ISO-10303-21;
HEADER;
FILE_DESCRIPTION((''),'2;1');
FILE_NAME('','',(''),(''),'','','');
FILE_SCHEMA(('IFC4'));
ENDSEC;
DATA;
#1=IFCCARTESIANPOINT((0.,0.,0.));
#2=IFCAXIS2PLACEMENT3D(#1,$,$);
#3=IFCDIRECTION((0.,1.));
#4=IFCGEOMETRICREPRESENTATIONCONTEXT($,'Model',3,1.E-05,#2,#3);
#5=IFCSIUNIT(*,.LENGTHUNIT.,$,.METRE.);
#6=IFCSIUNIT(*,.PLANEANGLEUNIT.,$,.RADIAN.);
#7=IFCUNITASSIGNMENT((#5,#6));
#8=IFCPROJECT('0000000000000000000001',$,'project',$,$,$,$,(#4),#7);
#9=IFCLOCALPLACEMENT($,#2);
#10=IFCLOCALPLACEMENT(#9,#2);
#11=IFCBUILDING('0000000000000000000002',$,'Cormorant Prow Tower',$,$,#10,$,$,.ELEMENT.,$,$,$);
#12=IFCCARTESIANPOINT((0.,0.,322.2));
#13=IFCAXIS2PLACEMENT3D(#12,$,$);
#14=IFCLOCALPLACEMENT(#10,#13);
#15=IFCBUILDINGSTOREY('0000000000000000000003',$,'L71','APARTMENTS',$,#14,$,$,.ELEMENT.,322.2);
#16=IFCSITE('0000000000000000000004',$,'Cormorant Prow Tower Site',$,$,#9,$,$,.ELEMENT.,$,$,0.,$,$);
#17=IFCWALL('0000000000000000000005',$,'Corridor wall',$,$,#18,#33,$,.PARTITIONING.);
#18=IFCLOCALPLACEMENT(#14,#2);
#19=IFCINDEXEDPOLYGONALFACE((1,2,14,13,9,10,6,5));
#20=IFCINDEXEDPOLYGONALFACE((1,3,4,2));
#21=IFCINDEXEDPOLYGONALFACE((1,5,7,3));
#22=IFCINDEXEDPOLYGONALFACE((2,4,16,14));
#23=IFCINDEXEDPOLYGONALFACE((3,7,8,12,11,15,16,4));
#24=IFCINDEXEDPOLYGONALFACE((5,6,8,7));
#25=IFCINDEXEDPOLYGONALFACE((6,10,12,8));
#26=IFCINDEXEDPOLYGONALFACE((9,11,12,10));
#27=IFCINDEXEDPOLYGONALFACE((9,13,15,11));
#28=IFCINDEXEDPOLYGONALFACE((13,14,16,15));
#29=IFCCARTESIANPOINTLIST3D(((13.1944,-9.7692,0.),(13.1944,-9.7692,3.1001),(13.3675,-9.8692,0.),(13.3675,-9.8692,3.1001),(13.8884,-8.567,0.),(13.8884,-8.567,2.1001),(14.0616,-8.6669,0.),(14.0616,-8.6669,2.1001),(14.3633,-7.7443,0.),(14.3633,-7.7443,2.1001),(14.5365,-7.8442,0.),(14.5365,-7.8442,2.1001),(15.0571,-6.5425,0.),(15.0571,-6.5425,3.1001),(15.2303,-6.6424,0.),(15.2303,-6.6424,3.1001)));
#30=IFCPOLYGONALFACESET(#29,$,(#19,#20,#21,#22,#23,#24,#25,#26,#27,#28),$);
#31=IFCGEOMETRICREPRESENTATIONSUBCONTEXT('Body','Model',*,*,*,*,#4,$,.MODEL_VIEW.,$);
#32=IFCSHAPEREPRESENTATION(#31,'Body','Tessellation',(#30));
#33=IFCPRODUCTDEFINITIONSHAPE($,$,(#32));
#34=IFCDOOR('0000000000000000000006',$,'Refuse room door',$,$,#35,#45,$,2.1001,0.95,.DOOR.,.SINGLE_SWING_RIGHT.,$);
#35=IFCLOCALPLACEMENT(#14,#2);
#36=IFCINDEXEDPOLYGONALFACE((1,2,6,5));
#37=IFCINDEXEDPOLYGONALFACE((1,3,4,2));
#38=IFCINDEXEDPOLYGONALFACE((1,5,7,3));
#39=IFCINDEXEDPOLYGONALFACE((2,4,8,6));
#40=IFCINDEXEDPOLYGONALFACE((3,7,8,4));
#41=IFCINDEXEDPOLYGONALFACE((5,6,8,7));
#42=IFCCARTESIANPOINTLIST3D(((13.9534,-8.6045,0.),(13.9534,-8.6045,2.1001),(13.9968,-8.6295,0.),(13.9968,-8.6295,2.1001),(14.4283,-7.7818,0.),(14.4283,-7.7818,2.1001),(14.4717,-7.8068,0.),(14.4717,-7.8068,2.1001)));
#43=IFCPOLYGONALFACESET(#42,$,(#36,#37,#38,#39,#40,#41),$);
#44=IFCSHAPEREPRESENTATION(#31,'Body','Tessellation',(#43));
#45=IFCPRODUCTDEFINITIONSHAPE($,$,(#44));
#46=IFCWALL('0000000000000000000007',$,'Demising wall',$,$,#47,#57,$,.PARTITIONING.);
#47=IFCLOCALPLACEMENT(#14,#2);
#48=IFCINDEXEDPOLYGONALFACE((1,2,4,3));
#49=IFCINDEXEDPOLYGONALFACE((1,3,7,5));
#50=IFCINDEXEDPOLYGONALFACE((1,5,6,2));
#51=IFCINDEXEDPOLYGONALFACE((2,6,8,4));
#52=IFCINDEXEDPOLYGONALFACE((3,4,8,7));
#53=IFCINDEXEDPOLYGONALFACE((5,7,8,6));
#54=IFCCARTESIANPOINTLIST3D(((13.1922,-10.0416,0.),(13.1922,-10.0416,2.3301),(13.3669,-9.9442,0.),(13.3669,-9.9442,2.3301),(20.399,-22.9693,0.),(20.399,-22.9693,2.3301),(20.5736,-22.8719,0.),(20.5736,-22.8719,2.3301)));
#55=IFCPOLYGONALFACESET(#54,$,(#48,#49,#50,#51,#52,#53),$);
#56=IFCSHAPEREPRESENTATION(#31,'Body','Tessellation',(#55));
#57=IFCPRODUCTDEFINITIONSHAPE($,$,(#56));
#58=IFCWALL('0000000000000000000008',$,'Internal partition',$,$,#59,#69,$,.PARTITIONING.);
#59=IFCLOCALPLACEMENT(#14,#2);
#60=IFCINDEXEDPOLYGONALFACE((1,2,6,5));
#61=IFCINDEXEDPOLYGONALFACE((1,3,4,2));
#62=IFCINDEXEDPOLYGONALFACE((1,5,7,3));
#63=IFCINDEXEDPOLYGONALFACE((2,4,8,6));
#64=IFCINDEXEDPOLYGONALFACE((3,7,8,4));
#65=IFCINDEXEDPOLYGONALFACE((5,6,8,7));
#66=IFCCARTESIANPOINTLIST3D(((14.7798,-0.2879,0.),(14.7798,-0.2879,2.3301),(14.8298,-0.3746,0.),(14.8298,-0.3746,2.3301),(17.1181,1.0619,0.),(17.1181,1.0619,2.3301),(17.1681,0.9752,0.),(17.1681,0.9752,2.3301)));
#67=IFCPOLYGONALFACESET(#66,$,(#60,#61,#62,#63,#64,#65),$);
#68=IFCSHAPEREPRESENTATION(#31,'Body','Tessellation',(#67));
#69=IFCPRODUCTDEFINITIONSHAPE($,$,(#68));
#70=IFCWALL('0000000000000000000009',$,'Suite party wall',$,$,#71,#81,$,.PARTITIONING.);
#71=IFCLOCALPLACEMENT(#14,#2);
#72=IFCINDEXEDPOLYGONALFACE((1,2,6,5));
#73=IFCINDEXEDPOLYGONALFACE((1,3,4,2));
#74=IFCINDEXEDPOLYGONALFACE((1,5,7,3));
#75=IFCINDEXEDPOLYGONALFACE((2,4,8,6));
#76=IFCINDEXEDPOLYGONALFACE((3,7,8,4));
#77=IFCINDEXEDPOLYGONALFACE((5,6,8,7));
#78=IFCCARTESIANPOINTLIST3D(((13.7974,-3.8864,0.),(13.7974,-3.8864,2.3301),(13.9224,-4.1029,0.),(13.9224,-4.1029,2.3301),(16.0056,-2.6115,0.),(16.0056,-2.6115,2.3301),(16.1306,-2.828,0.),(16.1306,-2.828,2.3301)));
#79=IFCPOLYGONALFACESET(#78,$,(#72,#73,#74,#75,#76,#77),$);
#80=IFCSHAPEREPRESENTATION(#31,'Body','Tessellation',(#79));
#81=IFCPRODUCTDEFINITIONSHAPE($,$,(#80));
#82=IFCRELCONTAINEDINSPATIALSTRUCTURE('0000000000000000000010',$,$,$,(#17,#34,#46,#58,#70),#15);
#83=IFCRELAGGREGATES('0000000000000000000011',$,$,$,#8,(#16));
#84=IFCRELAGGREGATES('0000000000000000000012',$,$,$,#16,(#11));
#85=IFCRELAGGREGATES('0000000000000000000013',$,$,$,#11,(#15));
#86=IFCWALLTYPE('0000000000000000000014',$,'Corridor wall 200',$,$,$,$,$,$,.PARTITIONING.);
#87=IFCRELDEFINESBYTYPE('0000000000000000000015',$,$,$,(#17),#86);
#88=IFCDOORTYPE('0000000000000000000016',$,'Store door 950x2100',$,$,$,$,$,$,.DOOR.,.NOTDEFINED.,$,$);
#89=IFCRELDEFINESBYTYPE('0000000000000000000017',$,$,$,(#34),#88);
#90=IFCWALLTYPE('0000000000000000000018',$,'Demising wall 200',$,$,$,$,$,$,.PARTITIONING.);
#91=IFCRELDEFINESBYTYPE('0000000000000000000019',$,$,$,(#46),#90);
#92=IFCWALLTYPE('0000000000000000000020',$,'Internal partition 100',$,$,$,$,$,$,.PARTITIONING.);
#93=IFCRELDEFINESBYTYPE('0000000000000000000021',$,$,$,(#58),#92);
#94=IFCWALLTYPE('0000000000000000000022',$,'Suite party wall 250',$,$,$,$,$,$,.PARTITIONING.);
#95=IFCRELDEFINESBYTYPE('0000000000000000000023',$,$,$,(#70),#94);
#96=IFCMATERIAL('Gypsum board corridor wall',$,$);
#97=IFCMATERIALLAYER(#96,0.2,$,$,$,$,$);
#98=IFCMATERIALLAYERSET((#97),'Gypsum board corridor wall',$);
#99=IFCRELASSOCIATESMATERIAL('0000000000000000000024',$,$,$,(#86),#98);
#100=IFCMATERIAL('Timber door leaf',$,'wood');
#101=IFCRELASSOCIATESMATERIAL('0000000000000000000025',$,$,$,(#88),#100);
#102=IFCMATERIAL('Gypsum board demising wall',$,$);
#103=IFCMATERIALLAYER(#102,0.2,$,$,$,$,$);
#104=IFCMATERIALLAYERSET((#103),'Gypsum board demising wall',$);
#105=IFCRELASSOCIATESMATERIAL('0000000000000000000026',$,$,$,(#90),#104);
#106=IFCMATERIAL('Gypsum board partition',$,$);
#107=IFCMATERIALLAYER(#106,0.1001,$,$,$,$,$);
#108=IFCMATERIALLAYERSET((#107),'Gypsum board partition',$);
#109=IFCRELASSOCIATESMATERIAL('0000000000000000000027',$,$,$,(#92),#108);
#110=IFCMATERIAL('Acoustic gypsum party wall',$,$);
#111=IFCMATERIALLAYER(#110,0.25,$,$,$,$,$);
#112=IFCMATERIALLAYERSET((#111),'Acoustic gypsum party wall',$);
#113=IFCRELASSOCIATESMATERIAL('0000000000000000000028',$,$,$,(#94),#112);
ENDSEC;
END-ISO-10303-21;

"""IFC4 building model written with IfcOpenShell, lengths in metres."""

from ifc_helpers import new_model, si_unit, direction, frame, frame_2d, origin, place, context, subcontext, project, spatial, rectangle, extrude, material, layer, layer_set, type_object, element, fill, save


model = new_model("IFC4")

# Units and contexts
model_context = context("Model", 3, precision=1e-05, world=origin(), true_north=direction((0.0, 1.0)))
body_context = subcontext(model_context, "Body", "Model", "MODEL_VIEW")
ifc_project = project(units=[si_unit("LENGTHUNIT", "METRE"), si_unit("PLANEANGLEUNIT", "RADIAN")], contexts=[model_context])

# Site, building, storey
site_placement = place(None, origin())
site = spatial("IfcSite", under=ifc_project, at=site_placement, Name="Cormorant Prow Tower Site", CompositionType="ELEMENT", RefElevation=0.0)
building_placement = place(site_placement, origin())
building = spatial("IfcBuilding", under=site, at=building_placement, Name="Cormorant Prow Tower", CompositionType="ELEMENT")
storey_placement = place(building_placement, frame((0.0, 0.0, 322.2)))
storey = spatial("IfcBuildingStorey", under=building, at=storey_placement, Name="L71", Description="APARTMENTS", CompositionType="ELEMENT", Elevation=322.2)

# Shared definitions
ifc_material_1 = material(Name="Gypsum board corridor wall")
ifc_layer_1 = layer(ifc_material_1, 0.2)
ifc_layer_set_1 = layer_set([ifc_layer_1], Name="Gypsum board corridor wall")
wall_type_1 = type_object("IfcWallType", Name="Corridor wall 200", PredefinedType="PARTITIONING", material=ifc_layer_set_1)

# Wall, opening, door
wall_1_placement = place(storey_placement, frame((13.281, -9.8191, 0.0), z_axis=(0.0, 0.0, 1.0), x_axis=(0.499959, 0.866049, 0.0)))
wall_1 = element("IfcWall", 1, at=wall_1_placement, inside=storey, type_object=wall_type_1, Name="Corridor wall", PredefinedType="PARTITIONING", context=body_context, shape_type="SweptSolid", body=[
    extrude(rectangle(XDim=3.7258, YDim=0.2, at=frame_2d((1.8628, 0.0))), origin(), (0.0, 0.0, 1.0), 3.1001),
])
opening_1_placement = place(wall_1_placement, frame((1.3879, 0.0, 0.0)))
opening_1 = element("IfcOpeningElement", 2, at=opening_1_placement, cuts=wall_1, PredefinedType="OPENING", context=body_context, shape_type="SweptSolid", body=[
    extrude(rectangle(XDim=0.95, YDim=2.1001, at=frame_2d((0.4751, 1.05))), frame((0.0, 0.1099, 0.0), z_axis=(0.0, -1.0, 0.0), x_axis=(1.0, 0.0, 0.0)), (0.0, 0.0, 1.0), 0.22),
])
ifc_material_2 = material(Name="Timber door leaf", Category="wood")
door_type_1 = type_object("IfcDoorType", Name="Store door 950x2100", OperationType="NOTDEFINED", PredefinedType="DOOR", material=ifc_material_2)
door_1_placement = place(opening_1_placement, origin())
door_1 = element("IfcDoor", 3, at=door_1_placement, inside=storey, type_object=door_type_1, Name="Refuse room door", OperationType="SINGLE_SWING_RIGHT", OverallHeight=2.1001, OverallWidth=0.95, PredefinedType="DOOR", context=body_context, shape_type="SweptSolid", body=[
    extrude(rectangle(XDim=0.95, YDim=2.1001, at=frame_2d((0.4751, 1.05))), frame((0.0, 0.0249, 0.0), z_axis=(0.0, -1.0, 0.0), x_axis=(1.0, 0.0, 0.0)), (0.0, 0.0, 1.0), 0.05),
])
fill(opening_1, door_1)

# Walls
ifc_material_3 = material(Name="Gypsum board demising wall")
ifc_layer_2 = layer(ifc_material_3, 0.2)
ifc_layer_set_2 = layer_set([ifc_layer_2], Name="Gypsum board demising wall")
wall_type_2 = type_object("IfcWallType", Name="Demising wall 200", PredefinedType="PARTITIONING", material=ifc_layer_set_2)
wall_2_placement = place(storey_placement, frame((13.2795, -9.9929, 0.0), z_axis=(0.0, 0.0, 1.0), x_axis=(0.486918, -0.873448, 0.0)))
element("IfcWall", 4, at=wall_2_placement, inside=storey, type_object=wall_type_2, Name="Demising wall", PredefinedType="PARTITIONING", context=body_context, shape_type="SweptSolid", body=[
    extrude(rectangle(XDim=14.8008, YDim=0.2, at=frame_2d((7.4004, 0.0))), origin(), (0.0, 0.0, 1.0), 2.3301),
])
ifc_material_4 = material(Name="Gypsum board partition")
ifc_layer_3 = layer(ifc_material_4, 0.1001)
ifc_layer_set_3 = layer_set([ifc_layer_3], Name="Gypsum board partition")
wall_type_3 = type_object("IfcWallType", Name="Internal partition 100", PredefinedType="PARTITIONING", material=ifc_layer_set_3)
wall_3_placement = place(storey_placement, frame((14.8047, -0.3313, 0.0), z_axis=(0.0, 0.0, 1.0), x_axis=(0.866059, 0.499942, 0.0)))
element("IfcWall", 5, at=wall_3_placement, inside=storey, type_object=wall_type_3, Name="Internal partition", PredefinedType="PARTITIONING", context=body_context, shape_type="SweptSolid", body=[
    extrude(rectangle(XDim=2.7, YDim=0.1001, at=frame_2d((1.3501, 0.0))), origin(), (0.0, 0.0, 1.0), 2.3301),
])
ifc_material_5 = material(Name="Acoustic gypsum party wall")
ifc_layer_4 = layer(ifc_material_5, 0.25)
ifc_layer_set_4 = layer_set([ifc_layer_4], Name="Acoustic gypsum party wall")
wall_type_4 = type_object("IfcWallType", Name="Suite party wall 250", PredefinedType="PARTITIONING", material=ifc_layer_set_4)
wall_4_placement = place(storey_placement, frame((13.8599, -3.9946, 0.0), z_axis=(0.0, 0.0, 1.0), x_axis=(0.866031, 0.49999, 0.0)))
element("IfcWall", 6, at=wall_4_placement, inside=storey, type_object=wall_type_4, Name="Suite party wall", PredefinedType="PARTITIONING", context=body_context, shape_type="SweptSolid", body=[
    extrude(rectangle(XDim=2.5498, YDim=0.25, at=frame_2d((1.2749, 0.0))), origin(), (0.0, 0.0, 1.0), 2.3301),
])

save(model, "model.ifc")
